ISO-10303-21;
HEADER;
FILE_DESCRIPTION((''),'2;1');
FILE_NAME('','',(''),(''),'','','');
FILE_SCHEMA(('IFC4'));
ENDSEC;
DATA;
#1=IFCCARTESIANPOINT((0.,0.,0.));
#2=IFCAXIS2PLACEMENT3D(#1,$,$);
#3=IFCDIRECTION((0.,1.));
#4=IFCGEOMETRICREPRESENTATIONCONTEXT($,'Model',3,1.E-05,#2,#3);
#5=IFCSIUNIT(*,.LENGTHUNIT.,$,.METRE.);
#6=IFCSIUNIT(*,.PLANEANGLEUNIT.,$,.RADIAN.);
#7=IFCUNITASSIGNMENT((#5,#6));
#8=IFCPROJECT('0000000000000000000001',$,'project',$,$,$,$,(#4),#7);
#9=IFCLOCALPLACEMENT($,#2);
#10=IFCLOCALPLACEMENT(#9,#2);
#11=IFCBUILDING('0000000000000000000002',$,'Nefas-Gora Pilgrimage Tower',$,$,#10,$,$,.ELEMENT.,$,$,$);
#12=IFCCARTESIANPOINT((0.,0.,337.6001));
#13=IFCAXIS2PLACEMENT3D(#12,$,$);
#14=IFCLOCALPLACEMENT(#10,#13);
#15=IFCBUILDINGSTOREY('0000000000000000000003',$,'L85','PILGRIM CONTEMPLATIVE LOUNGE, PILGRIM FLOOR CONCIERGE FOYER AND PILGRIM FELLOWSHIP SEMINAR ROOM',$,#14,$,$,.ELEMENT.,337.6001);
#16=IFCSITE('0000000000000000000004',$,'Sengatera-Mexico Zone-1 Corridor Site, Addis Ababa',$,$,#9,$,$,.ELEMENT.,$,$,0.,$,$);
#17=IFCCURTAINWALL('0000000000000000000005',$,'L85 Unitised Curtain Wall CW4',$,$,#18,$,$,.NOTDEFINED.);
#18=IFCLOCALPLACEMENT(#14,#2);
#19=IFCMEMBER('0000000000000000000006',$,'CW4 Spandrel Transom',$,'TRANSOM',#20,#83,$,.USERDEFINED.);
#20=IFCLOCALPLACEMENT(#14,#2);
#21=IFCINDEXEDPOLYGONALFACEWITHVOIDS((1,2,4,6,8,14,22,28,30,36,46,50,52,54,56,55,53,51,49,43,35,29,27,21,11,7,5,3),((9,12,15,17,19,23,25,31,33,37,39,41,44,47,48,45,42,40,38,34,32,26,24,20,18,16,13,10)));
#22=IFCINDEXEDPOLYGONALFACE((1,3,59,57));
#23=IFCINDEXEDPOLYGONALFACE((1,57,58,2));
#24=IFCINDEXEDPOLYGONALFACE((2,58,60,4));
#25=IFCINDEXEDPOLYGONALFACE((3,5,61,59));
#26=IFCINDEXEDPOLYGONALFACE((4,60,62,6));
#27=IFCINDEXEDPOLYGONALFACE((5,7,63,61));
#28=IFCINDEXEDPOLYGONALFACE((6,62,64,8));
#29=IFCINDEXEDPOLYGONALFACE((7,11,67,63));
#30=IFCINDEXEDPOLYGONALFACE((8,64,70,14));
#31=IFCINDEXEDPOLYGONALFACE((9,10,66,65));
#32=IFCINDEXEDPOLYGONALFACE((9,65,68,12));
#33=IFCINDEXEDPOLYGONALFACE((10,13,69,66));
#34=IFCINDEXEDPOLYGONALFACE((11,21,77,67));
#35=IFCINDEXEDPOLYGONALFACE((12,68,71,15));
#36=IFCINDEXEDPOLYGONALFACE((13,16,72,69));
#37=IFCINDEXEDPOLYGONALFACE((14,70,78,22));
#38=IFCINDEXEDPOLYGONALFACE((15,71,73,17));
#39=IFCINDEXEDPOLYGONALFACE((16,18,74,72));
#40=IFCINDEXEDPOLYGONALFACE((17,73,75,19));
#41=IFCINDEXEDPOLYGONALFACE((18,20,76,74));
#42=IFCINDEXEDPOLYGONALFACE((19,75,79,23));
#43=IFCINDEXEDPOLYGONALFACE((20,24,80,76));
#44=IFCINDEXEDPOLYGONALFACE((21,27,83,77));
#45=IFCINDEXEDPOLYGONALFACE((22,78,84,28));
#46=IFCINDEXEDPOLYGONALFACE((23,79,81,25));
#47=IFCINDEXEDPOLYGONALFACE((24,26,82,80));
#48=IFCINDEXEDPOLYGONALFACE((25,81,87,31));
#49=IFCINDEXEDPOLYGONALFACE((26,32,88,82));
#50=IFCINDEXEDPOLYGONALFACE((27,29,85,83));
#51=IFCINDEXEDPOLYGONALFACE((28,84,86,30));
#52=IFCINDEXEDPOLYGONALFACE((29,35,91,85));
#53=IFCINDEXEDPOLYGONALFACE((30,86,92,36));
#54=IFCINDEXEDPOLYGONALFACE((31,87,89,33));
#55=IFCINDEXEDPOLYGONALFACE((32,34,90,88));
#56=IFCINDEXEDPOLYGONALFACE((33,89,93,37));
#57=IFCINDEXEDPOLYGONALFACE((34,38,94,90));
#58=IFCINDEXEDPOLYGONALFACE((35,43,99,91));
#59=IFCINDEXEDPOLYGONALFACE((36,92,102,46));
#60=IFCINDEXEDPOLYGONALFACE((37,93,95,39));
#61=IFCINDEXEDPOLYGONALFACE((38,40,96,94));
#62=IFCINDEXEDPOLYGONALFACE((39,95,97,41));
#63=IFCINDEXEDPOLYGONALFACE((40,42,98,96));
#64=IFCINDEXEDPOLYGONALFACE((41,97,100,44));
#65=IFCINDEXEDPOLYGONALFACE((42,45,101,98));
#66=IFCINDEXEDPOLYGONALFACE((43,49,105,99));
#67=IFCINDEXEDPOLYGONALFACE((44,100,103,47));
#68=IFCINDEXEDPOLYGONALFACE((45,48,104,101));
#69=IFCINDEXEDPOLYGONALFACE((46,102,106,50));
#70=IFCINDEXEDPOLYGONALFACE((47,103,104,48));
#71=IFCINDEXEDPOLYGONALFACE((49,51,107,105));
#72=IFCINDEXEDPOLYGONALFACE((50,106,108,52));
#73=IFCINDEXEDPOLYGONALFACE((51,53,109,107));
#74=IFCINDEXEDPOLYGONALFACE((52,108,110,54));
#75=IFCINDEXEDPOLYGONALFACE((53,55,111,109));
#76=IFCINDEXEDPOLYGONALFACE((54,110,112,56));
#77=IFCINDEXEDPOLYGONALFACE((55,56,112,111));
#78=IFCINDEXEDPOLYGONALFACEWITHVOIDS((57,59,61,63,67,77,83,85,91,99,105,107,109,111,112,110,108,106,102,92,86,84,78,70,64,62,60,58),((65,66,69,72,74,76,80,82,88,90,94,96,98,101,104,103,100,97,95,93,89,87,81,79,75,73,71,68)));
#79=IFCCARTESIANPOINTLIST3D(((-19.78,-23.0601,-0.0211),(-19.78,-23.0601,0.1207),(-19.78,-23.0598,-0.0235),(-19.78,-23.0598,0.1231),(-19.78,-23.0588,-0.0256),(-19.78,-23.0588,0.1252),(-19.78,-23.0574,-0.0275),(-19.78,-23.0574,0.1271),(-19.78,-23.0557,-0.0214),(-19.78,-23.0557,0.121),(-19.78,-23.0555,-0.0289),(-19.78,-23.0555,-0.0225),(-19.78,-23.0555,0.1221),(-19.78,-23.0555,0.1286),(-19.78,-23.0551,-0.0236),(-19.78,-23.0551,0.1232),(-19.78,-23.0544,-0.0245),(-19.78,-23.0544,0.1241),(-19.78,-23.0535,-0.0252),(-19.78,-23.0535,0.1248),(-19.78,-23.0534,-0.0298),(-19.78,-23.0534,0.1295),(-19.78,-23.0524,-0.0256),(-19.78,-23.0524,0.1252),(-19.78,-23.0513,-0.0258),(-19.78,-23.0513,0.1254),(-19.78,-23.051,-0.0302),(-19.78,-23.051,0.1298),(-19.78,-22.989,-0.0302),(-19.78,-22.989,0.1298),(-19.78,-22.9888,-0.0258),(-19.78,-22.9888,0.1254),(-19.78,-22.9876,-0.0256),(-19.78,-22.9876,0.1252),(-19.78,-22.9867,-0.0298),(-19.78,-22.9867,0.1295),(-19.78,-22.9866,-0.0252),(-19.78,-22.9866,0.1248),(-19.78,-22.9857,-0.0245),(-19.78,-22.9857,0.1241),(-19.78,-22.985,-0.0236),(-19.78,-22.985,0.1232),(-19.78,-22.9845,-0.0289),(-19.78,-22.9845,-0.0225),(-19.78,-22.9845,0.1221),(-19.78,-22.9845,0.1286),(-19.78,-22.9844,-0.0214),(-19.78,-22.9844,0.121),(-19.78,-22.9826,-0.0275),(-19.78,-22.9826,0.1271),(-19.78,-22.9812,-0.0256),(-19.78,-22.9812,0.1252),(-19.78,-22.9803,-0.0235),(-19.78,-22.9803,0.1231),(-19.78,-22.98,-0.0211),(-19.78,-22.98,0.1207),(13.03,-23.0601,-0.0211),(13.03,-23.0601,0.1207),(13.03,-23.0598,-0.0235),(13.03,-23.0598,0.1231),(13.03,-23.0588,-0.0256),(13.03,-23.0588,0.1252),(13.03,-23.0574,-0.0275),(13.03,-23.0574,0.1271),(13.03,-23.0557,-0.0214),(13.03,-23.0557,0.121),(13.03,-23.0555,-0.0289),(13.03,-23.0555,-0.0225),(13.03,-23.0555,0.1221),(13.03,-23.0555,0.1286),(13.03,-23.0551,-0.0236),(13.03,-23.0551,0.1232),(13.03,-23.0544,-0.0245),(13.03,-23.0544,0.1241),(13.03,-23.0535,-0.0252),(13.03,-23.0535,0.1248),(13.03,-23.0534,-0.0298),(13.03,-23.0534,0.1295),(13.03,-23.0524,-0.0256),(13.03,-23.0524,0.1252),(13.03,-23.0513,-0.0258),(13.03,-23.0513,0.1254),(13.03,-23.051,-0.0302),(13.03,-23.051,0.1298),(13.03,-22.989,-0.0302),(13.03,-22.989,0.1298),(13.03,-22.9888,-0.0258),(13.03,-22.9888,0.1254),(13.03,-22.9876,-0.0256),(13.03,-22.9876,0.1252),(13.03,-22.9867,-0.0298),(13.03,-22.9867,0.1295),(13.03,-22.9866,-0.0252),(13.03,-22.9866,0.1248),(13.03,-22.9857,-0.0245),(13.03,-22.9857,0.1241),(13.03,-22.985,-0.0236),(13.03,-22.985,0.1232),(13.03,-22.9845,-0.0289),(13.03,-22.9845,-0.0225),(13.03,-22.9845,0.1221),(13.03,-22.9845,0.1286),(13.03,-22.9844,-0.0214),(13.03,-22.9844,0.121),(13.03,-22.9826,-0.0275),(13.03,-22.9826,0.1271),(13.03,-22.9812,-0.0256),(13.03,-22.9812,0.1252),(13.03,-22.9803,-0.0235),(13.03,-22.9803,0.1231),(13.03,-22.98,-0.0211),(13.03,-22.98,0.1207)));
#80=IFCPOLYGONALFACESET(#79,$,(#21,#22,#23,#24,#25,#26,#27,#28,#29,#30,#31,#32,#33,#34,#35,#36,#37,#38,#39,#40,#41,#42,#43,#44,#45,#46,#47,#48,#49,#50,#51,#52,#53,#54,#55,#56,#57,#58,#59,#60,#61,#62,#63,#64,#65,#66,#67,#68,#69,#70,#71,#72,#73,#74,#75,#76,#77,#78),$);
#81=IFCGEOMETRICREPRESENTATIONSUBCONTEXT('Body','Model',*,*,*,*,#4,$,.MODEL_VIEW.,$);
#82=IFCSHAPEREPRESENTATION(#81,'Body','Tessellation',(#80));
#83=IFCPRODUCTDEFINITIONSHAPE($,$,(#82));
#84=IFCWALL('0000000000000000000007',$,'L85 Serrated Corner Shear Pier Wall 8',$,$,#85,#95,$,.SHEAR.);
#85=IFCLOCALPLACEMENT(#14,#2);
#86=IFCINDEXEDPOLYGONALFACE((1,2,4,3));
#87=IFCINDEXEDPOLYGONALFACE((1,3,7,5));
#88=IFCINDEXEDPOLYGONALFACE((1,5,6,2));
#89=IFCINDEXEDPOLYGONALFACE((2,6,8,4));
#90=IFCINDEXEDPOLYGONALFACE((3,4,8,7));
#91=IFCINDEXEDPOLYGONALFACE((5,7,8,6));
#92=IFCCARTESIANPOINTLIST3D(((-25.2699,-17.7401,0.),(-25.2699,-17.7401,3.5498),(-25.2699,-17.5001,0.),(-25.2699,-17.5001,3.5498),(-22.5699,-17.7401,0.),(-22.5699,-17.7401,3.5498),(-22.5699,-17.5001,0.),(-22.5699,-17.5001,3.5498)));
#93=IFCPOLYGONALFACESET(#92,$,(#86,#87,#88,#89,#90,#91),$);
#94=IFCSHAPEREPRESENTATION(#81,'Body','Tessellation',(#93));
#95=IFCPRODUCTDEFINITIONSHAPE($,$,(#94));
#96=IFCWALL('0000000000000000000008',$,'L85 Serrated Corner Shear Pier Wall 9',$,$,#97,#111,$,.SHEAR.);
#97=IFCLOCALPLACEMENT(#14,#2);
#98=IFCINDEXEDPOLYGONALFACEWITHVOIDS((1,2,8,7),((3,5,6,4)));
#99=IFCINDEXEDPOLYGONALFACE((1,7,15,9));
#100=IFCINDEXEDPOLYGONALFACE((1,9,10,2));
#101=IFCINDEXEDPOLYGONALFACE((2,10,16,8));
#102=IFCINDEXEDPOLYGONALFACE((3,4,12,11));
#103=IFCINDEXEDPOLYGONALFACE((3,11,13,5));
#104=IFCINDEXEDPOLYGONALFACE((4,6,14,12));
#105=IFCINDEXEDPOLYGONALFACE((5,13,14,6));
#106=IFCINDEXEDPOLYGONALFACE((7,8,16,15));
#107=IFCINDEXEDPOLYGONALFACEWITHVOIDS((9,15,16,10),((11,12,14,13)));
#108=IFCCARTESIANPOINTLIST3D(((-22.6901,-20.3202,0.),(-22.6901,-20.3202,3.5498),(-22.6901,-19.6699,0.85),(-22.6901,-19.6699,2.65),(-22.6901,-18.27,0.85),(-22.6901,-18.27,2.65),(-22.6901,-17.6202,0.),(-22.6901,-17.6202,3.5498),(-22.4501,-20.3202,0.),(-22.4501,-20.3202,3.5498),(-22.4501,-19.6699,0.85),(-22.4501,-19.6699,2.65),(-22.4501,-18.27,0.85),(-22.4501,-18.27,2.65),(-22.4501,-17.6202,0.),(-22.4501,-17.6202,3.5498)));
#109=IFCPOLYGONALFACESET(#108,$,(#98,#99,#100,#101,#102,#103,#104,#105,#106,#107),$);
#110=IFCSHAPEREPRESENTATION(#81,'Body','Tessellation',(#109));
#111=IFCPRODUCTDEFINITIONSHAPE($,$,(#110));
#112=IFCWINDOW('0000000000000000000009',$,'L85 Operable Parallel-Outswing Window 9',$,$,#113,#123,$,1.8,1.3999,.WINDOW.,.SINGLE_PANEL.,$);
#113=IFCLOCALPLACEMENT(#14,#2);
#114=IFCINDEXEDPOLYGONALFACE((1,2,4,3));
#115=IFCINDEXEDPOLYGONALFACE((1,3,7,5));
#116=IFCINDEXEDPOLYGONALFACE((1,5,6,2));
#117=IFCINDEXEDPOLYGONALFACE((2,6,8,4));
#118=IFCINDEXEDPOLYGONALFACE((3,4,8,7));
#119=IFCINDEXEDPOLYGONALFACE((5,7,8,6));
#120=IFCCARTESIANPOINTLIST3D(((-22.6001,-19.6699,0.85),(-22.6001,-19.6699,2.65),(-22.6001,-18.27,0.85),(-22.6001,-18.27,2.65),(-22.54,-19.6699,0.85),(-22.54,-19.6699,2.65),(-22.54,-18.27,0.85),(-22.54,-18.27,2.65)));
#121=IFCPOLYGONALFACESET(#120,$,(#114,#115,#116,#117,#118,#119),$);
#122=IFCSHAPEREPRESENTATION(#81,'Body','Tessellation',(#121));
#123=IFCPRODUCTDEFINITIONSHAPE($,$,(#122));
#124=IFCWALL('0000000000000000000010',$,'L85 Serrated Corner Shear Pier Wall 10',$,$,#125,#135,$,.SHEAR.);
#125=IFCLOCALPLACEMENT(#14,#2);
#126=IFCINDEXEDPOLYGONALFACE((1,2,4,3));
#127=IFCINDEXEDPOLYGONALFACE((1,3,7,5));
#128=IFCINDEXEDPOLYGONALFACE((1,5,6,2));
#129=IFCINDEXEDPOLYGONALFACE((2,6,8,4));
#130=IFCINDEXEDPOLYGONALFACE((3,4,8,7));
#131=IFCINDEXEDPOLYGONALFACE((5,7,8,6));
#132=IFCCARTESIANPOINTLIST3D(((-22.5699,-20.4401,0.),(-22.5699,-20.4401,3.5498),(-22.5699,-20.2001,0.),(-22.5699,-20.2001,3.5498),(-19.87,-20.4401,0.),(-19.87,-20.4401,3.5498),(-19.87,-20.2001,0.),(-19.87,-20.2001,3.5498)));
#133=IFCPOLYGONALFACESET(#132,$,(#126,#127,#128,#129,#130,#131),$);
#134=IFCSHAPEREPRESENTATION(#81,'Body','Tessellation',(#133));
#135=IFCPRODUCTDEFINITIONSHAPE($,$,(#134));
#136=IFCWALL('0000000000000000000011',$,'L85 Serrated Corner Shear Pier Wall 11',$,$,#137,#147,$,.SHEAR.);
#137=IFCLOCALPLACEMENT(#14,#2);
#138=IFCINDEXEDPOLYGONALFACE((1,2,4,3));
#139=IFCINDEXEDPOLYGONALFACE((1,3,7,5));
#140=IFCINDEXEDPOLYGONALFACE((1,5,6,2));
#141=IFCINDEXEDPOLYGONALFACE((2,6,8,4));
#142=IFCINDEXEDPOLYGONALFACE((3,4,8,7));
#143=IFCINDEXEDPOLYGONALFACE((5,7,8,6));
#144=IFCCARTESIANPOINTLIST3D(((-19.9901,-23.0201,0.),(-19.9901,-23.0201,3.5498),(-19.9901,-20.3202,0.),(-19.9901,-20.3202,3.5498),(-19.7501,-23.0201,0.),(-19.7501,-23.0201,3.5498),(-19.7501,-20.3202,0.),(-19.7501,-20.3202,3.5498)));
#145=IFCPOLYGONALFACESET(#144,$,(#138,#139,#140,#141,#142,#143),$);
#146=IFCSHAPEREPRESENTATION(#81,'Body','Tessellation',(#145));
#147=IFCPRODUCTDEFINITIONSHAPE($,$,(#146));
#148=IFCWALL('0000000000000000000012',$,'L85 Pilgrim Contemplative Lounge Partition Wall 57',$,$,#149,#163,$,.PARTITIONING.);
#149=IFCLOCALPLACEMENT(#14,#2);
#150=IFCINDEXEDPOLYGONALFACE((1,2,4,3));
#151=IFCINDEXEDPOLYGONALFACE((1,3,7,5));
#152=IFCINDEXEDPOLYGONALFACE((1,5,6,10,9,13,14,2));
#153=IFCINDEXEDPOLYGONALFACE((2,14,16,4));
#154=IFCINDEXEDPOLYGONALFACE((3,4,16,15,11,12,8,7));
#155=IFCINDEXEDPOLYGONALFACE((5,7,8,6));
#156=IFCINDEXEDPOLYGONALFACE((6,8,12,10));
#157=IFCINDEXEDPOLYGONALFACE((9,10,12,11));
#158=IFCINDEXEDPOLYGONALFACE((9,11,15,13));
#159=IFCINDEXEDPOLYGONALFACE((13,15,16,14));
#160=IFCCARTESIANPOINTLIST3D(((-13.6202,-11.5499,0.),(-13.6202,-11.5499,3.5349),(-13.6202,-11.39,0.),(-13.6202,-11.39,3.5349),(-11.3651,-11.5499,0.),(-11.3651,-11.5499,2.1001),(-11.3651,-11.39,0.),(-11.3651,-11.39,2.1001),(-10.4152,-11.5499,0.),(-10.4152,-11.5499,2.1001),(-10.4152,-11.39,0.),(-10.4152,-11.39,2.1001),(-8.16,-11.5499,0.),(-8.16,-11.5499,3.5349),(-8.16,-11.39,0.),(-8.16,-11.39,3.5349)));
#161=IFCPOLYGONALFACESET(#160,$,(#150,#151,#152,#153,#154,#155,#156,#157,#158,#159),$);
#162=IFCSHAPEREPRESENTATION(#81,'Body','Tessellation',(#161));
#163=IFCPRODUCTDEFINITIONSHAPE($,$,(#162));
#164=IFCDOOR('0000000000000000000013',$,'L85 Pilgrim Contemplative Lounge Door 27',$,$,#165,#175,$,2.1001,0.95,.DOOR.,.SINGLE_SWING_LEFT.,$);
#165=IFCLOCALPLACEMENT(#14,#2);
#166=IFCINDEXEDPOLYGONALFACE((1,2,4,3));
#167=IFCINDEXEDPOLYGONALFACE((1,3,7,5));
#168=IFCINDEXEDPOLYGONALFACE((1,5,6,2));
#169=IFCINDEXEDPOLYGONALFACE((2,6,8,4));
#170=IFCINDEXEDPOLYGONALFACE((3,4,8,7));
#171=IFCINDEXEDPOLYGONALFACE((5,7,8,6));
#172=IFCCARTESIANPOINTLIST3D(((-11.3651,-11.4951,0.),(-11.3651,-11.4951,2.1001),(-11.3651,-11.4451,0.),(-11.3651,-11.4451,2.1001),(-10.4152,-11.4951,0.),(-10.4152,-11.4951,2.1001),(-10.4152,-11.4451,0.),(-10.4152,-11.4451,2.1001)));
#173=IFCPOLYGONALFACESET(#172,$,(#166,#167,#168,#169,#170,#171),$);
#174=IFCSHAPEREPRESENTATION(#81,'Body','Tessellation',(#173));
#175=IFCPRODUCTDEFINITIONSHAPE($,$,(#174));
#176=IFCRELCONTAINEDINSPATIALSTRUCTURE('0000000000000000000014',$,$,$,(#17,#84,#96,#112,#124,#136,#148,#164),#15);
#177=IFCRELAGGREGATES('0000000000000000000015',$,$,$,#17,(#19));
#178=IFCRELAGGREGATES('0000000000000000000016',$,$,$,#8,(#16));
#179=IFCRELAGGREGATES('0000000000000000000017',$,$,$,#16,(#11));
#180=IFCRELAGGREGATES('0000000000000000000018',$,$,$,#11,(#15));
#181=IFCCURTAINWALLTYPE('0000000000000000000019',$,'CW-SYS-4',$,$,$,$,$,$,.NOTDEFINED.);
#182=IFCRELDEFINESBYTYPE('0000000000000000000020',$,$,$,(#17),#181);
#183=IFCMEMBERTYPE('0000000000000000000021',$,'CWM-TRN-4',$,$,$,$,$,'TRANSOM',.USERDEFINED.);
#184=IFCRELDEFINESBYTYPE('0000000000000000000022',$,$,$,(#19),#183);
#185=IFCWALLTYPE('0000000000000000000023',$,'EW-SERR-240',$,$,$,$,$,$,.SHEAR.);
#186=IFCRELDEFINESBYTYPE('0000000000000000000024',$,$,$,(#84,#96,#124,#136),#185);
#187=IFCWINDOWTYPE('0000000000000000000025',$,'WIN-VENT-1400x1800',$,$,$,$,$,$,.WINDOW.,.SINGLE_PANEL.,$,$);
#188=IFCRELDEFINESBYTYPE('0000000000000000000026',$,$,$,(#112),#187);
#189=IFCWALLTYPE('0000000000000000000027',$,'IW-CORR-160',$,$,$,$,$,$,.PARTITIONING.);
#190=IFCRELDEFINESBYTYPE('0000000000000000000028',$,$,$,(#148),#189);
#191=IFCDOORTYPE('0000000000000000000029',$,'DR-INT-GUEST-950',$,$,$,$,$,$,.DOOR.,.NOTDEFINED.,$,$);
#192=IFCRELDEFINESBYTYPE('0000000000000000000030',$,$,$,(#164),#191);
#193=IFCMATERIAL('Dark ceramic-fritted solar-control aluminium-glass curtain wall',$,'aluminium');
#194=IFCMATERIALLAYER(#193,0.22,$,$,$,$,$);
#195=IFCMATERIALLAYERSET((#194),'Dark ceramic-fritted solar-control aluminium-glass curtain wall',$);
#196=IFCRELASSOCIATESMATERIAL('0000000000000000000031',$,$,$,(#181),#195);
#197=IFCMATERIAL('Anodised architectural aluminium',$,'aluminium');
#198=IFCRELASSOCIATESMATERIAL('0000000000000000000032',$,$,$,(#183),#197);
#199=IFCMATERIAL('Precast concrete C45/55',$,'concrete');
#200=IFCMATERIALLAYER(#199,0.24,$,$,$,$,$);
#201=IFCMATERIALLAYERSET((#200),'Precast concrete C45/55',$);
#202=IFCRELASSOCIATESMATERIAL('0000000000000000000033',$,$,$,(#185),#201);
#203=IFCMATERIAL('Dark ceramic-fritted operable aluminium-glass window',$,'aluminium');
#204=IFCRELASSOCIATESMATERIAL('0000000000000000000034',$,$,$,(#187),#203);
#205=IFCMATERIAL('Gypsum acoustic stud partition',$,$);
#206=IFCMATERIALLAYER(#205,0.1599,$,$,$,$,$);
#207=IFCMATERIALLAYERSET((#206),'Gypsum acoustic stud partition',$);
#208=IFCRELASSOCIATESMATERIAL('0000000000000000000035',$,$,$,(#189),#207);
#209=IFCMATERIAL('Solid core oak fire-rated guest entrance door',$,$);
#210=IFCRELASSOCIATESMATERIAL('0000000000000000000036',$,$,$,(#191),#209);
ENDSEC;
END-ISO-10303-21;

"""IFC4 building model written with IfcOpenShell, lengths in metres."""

from ifc_helpers import new_model, si_unit, direction, frame, frame_2d, origin, origin_2d, place, context, subcontext, project, spatial, rectangle, hollow_rectangle, extrude, source, transform, mapped, material, layer, layer_set, material_profile, profile_set, type_object, element, fill, aggregate, save


model = new_model("IFC4")

# Units and contexts
model_context = context("Model", 3, precision=1e-05, world=origin(), true_north=direction((0.0, 1.0)))
body_context = subcontext(model_context, "Body", "Model", "MODEL_VIEW")
ifc_project = project(units=[si_unit("LENGTHUNIT", "METRE"), si_unit("PLANEANGLEUNIT", "RADIAN")], contexts=[model_context])

# Site, building, storey
site_placement = place(None, origin())
site = spatial("IfcSite", under=ifc_project, at=site_placement, Name="Sengatera-Mexico Zone-1 Corridor Site, Addis Ababa", CompositionType="ELEMENT", RefElevation=0.0)
building_placement = place(site_placement, origin())
building = spatial("IfcBuilding", under=site, at=building_placement, Name="Nefas-Gora Pilgrimage Tower", CompositionType="ELEMENT")
storey_placement = place(building_placement, frame((0.0, 0.0, 337.6001)))
storey = spatial("IfcBuildingStorey", under=building, at=storey_placement, Name="L85", Description="PILGRIM CONTEMPLATIVE LOUNGE, PILGRIM FLOOR CONCIERGE FOYER AND PILGRIM FELLOWSHIP SEMINAR ROOM", CompositionType="ELEMENT", Elevation=337.6001)

# Shared definitions
ifc_material_1 = material(Name="Dark ceramic-fritted solar-control aluminium-glass curtain wall", Category="aluminium")
ifc_layer_1 = layer(ifc_material_1, 0.22)
ifc_layer_set_1 = layer_set([ifc_layer_1], Name="Dark ceramic-fritted solar-control aluminium-glass curtain wall")
curtain_wall_type = type_object("IfcCurtainWallType", Name="CW-SYS-4", PredefinedType="NOTDEFINED", material=ifc_layer_set_1)
ifc_material_2 = material(Name="Anodised architectural aluminium", Category="aluminium")

# Curtain wall, member
curtain_wall_1_placement = place(storey_placement, origin())
curtain_wall_1 = element("IfcCurtainWall", 1, at=curtain_wall_1_placement, inside=storey, type_object=curtain_wall_type, Name="L85 Unitised Curtain Wall CW4", PredefinedType="NOTDEFINED")
ifc_material_profile_1 = material_profile(ifc_material_2, hollow_rectangle(XDim=0.0801, YDim=0.1599, WallThickness=0.0044, InnerFilletRadius=0.0044, OuterFilletRadius=0.009, at=origin_2d()), Name="ALU TRANSOM 80x160")
ifc_profile_set_1 = profile_set([ifc_material_profile_1], Name="Anodised architectural aluminium")
member_type_1 = type_object("IfcMemberType", Name="CWM-TRN-4", ElementType="TRANSOM", PredefinedType="USERDEFINED", material=ifc_profile_set_1)
shared_shape_1 = source(origin(), body_context, "Body", "SweptSolid", [
    extrude(hollow_rectangle(XDim=0.0801, YDim=0.1599, WallThickness=0.0044, InnerFilletRadius=0.0044, OuterFilletRadius=0.009, at=origin_2d()), origin(), (0.0, 0.0, 1.0), 32.8101),
])
member_1_placement = place(storey_placement, frame((-19.78, -23.02, 0.0498), z_axis=(1.0, 0.0, 0.0), x_axis=(0.0, 1.0, 0.0)))
member_1 = element("IfcMember", 2, at=member_1_placement, type_object=member_type_1, Name="CW4 Spandrel Transom", ObjectType="TRANSOM", PredefinedType="USERDEFINED", context=body_context, shape_type="MappedRepresentation", body=[
    mapped(shared_shape_1, transform((0.0, 0.0, 0.0), x_axis=(1.0, 0.0, 0.0), y_axis=(0.0, 1.0, 0.0), z_axis=(0.0, 0.0, 1.0), scale=1.0)),
])
aggregate(curtain_wall_1, [member_1])

# Wall
ifc_material_3 = material(Name="Precast concrete C45/55", Category="concrete")
ifc_layer_2 = layer(ifc_material_3, 0.24)
ifc_layer_set_2 = layer_set([ifc_layer_2], Name="Precast concrete C45/55")
wall_type_1 = type_object("IfcWallType", Name="EW-SERR-240", PredefinedType="SHEAR", material=ifc_layer_set_2)
shared_shape_2 = source(origin(), body_context, "Body", "SweptSolid", [
    extrude(rectangle(XDim=2.7, YDim=0.24, at=frame_2d((1.3501, 0.0))), origin(), (0.0, 0.0, 1.0), 3.5498),
])
wall_1_placement = place(storey_placement, frame((-25.27, -17.6201, 0.0), z_axis=(0.0, 0.0, 1.0), x_axis=(1.0, 0.0, 0.0)))
element("IfcWall", 3, at=wall_1_placement, inside=storey, type_object=wall_type_1, Name="L85 Serrated Corner Shear Pier Wall 8", PredefinedType="SHEAR", context=body_context, shape_type="MappedRepresentation", body=[
    mapped(shared_shape_2, transform((0.0, 0.0, 0.0), x_axis=(1.0, 0.0, 0.0), y_axis=(0.0, 1.0, 0.0), z_axis=(0.0, 0.0, 1.0), scale=1.0)),
])

# Wall, opening, window
wall_2_placement = place(storey_placement, frame((-22.5701, -17.6201, 0.0), z_axis=(0.0, 0.0, 1.0), x_axis=(0.0, -1.0, 0.0)))
wall_2 = element("IfcWall", 4, at=wall_2_placement, inside=storey, type_object=wall_type_1, Name="L85 Serrated Corner Shear Pier Wall 9", PredefinedType="SHEAR", context=body_context, shape_type="MappedRepresentation", body=[
    mapped(shared_shape_2, transform((0.0, 0.0, 0.0), x_axis=(1.0, 0.0, 0.0), y_axis=(0.0, 1.0, 0.0), z_axis=(0.0, 0.0, 1.0), scale=1.0)),
])
opening_1_placement = place(wall_2_placement, frame((0.6499, 0.0, 0.8501)))
opening_1 = element("IfcOpeningElement", 5, at=opening_1_placement, cuts=wall_2, PredefinedType="OPENING", context=body_context, shape_type="SweptSolid", body=[
    extrude(rectangle(XDim=1.3999, YDim=1.8, at=frame_2d((0.7, 0.8999))), frame((0.0, 0.1299, 0.0), z_axis=(0.0, -1.0, 0.0), x_axis=(1.0, 0.0, 0.0)), (0.0, 0.0, 1.0), 0.26),
])
ifc_material_4 = material(Name="Dark ceramic-fritted operable aluminium-glass window", Category="aluminium")
window_type = type_object("IfcWindowType", Name="WIN-VENT-1400x1800", PartitioningType="SINGLE_PANEL", PredefinedType="WINDOW", material=ifc_material_4)
shared_shape_3 = source(origin(), body_context, "Body", "SweptSolid", [
    extrude(rectangle(XDim=1.3999, YDim=1.8, at=frame_2d((0.7, 0.8999))), frame((0.0, 0.03, 0.0), z_axis=(0.0, -1.0, 0.0), x_axis=(1.0, 0.0, 0.0)), (0.0, 0.0, 1.0), 0.0601),
])
window_placement = place(opening_1_placement, origin())
window = element("IfcWindow", 6, at=window_placement, inside=storey, type_object=window_type, Name="L85 Operable Parallel-Outswing Window 9", OverallHeight=1.8, OverallWidth=1.3999, PartitioningType="SINGLE_PANEL", PredefinedType="WINDOW", context=body_context, shape_type="MappedRepresentation", body=[
    mapped(shared_shape_3, transform((0.0, 0.0, 0.0), x_axis=(1.0, 0.0, 0.0), y_axis=(0.0, 1.0, 0.0), z_axis=(0.0, 0.0, 1.0), scale=1.0)),
])
fill(opening_1, window)

# Walls
for number, where, z_axis, x_axis, name in (
    (7, (-22.5701, -20.3201, 0.0), (0.0, 0.0, 1.0), (1.0, 0.0, 0.0), "L85 Serrated Corner Shear Pier Wall 10"),
    (8, (-19.8701, -20.3201, 0.0), (0.0, 0.0, 1.0), (0.0, -1.0, 0.0), "L85 Serrated Corner Shear Pier Wall 11"),
):
    element("IfcWall", number, at=place(storey_placement, frame(where, z_axis=z_axis, x_axis=x_axis)), inside=storey, type_object=wall_type_1, Name=name, PredefinedType="SHEAR", context=body_context, shape_type="MappedRepresentation", body=[
        mapped(shared_shape_2, transform((0.0, 0.0, 0.0), x_axis=(1.0, 0.0, 0.0), y_axis=(0.0, 1.0, 0.0), z_axis=(0.0, 0.0, 1.0), scale=1.0)),
    ])

# Wall, opening, door
ifc_material_5 = material(Name="Gypsum acoustic stud partition")
ifc_layer_3 = layer(ifc_material_5, 0.1599)
ifc_layer_set_3 = layer_set([ifc_layer_3], Name="Gypsum acoustic stud partition")
wall_type_2 = type_object("IfcWallType", Name="IW-CORR-160", PredefinedType="PARTITIONING", material=ifc_layer_set_3)
shared_shape_4 = source(origin(), body_context, "Body", "SweptSolid", [
    extrude(rectangle(XDim=5.4602, YDim=0.1599, at=frame_2d((2.73, 0.0))), origin(), (0.0, 0.0, 1.0), 3.5349),
])
wall_3_placement = place(storey_placement, frame((-13.6201, -11.47, 0.0), z_axis=(0.0, 0.0, 1.0), x_axis=(1.0, 0.0, 0.0)))
wall_3 = element("IfcWall", 9, at=wall_3_placement, inside=storey, type_object=wall_type_2, Name="L85 Pilgrim Contemplative Lounge Partition Wall 57", PredefinedType="PARTITIONING", context=body_context, shape_type="MappedRepresentation", body=[
    mapped(shared_shape_4, transform((0.0, 0.0, 0.0), x_axis=(1.0, 0.0, 0.0), y_axis=(0.0, 1.0, 0.0), z_axis=(0.0, 0.0, 1.0), scale=1.0)),
])
opening_2_placement = place(wall_3_placement, frame((2.2549, 0.0, 0.0)))
opening_2 = element("IfcOpeningElement", 10, at=opening_2_placement, cuts=wall_3, PredefinedType="OPENING", context=body_context, shape_type="SweptSolid", body=[
    extrude(rectangle(XDim=0.95, YDim=2.1001, at=frame_2d((0.4751, 1.05))), frame((0.0, 0.0898, 0.0), z_axis=(0.0, -1.0, 0.0), x_axis=(1.0, 0.0, 0.0)), (0.0, 0.0, 1.0), 0.1799),
])
ifc_material_6 = material(Name="Solid core oak fire-rated guest entrance door")
door_type = type_object("IfcDoorType", Name="DR-INT-GUEST-950", OperationType="NOTDEFINED", PredefinedType="DOOR", material=ifc_material_6)
shared_shape_5 = source(origin(), body_context, "Body", "SweptSolid", [
    extrude(rectangle(XDim=0.95, YDim=2.1001, at=frame_2d((0.4751, 1.05))), frame((0.0, 0.0249, 0.0), z_axis=(0.0, -1.0, 0.0), x_axis=(1.0, 0.0, 0.0)), (0.0, 0.0, 1.0), 0.05),
])
door_1_placement = place(opening_2_placement, origin())
door_1 = element("IfcDoor", 11, at=door_1_placement, inside=storey, type_object=door_type, Name="L85 Pilgrim Contemplative Lounge Door 27", OperationType="SINGLE_SWING_LEFT", OverallHeight=2.1001, OverallWidth=0.95, PredefinedType="DOOR", context=body_context, shape_type="MappedRepresentation", body=[
    mapped(shared_shape_5, transform((0.0, 0.0, 0.0), x_axis=(1.0, 0.0, 0.0), y_axis=(0.0, 1.0, 0.0), z_axis=(0.0, 0.0, 1.0), scale=1.0)),
])
fill(opening_2, door_1)

save(model, "model.ifc")
